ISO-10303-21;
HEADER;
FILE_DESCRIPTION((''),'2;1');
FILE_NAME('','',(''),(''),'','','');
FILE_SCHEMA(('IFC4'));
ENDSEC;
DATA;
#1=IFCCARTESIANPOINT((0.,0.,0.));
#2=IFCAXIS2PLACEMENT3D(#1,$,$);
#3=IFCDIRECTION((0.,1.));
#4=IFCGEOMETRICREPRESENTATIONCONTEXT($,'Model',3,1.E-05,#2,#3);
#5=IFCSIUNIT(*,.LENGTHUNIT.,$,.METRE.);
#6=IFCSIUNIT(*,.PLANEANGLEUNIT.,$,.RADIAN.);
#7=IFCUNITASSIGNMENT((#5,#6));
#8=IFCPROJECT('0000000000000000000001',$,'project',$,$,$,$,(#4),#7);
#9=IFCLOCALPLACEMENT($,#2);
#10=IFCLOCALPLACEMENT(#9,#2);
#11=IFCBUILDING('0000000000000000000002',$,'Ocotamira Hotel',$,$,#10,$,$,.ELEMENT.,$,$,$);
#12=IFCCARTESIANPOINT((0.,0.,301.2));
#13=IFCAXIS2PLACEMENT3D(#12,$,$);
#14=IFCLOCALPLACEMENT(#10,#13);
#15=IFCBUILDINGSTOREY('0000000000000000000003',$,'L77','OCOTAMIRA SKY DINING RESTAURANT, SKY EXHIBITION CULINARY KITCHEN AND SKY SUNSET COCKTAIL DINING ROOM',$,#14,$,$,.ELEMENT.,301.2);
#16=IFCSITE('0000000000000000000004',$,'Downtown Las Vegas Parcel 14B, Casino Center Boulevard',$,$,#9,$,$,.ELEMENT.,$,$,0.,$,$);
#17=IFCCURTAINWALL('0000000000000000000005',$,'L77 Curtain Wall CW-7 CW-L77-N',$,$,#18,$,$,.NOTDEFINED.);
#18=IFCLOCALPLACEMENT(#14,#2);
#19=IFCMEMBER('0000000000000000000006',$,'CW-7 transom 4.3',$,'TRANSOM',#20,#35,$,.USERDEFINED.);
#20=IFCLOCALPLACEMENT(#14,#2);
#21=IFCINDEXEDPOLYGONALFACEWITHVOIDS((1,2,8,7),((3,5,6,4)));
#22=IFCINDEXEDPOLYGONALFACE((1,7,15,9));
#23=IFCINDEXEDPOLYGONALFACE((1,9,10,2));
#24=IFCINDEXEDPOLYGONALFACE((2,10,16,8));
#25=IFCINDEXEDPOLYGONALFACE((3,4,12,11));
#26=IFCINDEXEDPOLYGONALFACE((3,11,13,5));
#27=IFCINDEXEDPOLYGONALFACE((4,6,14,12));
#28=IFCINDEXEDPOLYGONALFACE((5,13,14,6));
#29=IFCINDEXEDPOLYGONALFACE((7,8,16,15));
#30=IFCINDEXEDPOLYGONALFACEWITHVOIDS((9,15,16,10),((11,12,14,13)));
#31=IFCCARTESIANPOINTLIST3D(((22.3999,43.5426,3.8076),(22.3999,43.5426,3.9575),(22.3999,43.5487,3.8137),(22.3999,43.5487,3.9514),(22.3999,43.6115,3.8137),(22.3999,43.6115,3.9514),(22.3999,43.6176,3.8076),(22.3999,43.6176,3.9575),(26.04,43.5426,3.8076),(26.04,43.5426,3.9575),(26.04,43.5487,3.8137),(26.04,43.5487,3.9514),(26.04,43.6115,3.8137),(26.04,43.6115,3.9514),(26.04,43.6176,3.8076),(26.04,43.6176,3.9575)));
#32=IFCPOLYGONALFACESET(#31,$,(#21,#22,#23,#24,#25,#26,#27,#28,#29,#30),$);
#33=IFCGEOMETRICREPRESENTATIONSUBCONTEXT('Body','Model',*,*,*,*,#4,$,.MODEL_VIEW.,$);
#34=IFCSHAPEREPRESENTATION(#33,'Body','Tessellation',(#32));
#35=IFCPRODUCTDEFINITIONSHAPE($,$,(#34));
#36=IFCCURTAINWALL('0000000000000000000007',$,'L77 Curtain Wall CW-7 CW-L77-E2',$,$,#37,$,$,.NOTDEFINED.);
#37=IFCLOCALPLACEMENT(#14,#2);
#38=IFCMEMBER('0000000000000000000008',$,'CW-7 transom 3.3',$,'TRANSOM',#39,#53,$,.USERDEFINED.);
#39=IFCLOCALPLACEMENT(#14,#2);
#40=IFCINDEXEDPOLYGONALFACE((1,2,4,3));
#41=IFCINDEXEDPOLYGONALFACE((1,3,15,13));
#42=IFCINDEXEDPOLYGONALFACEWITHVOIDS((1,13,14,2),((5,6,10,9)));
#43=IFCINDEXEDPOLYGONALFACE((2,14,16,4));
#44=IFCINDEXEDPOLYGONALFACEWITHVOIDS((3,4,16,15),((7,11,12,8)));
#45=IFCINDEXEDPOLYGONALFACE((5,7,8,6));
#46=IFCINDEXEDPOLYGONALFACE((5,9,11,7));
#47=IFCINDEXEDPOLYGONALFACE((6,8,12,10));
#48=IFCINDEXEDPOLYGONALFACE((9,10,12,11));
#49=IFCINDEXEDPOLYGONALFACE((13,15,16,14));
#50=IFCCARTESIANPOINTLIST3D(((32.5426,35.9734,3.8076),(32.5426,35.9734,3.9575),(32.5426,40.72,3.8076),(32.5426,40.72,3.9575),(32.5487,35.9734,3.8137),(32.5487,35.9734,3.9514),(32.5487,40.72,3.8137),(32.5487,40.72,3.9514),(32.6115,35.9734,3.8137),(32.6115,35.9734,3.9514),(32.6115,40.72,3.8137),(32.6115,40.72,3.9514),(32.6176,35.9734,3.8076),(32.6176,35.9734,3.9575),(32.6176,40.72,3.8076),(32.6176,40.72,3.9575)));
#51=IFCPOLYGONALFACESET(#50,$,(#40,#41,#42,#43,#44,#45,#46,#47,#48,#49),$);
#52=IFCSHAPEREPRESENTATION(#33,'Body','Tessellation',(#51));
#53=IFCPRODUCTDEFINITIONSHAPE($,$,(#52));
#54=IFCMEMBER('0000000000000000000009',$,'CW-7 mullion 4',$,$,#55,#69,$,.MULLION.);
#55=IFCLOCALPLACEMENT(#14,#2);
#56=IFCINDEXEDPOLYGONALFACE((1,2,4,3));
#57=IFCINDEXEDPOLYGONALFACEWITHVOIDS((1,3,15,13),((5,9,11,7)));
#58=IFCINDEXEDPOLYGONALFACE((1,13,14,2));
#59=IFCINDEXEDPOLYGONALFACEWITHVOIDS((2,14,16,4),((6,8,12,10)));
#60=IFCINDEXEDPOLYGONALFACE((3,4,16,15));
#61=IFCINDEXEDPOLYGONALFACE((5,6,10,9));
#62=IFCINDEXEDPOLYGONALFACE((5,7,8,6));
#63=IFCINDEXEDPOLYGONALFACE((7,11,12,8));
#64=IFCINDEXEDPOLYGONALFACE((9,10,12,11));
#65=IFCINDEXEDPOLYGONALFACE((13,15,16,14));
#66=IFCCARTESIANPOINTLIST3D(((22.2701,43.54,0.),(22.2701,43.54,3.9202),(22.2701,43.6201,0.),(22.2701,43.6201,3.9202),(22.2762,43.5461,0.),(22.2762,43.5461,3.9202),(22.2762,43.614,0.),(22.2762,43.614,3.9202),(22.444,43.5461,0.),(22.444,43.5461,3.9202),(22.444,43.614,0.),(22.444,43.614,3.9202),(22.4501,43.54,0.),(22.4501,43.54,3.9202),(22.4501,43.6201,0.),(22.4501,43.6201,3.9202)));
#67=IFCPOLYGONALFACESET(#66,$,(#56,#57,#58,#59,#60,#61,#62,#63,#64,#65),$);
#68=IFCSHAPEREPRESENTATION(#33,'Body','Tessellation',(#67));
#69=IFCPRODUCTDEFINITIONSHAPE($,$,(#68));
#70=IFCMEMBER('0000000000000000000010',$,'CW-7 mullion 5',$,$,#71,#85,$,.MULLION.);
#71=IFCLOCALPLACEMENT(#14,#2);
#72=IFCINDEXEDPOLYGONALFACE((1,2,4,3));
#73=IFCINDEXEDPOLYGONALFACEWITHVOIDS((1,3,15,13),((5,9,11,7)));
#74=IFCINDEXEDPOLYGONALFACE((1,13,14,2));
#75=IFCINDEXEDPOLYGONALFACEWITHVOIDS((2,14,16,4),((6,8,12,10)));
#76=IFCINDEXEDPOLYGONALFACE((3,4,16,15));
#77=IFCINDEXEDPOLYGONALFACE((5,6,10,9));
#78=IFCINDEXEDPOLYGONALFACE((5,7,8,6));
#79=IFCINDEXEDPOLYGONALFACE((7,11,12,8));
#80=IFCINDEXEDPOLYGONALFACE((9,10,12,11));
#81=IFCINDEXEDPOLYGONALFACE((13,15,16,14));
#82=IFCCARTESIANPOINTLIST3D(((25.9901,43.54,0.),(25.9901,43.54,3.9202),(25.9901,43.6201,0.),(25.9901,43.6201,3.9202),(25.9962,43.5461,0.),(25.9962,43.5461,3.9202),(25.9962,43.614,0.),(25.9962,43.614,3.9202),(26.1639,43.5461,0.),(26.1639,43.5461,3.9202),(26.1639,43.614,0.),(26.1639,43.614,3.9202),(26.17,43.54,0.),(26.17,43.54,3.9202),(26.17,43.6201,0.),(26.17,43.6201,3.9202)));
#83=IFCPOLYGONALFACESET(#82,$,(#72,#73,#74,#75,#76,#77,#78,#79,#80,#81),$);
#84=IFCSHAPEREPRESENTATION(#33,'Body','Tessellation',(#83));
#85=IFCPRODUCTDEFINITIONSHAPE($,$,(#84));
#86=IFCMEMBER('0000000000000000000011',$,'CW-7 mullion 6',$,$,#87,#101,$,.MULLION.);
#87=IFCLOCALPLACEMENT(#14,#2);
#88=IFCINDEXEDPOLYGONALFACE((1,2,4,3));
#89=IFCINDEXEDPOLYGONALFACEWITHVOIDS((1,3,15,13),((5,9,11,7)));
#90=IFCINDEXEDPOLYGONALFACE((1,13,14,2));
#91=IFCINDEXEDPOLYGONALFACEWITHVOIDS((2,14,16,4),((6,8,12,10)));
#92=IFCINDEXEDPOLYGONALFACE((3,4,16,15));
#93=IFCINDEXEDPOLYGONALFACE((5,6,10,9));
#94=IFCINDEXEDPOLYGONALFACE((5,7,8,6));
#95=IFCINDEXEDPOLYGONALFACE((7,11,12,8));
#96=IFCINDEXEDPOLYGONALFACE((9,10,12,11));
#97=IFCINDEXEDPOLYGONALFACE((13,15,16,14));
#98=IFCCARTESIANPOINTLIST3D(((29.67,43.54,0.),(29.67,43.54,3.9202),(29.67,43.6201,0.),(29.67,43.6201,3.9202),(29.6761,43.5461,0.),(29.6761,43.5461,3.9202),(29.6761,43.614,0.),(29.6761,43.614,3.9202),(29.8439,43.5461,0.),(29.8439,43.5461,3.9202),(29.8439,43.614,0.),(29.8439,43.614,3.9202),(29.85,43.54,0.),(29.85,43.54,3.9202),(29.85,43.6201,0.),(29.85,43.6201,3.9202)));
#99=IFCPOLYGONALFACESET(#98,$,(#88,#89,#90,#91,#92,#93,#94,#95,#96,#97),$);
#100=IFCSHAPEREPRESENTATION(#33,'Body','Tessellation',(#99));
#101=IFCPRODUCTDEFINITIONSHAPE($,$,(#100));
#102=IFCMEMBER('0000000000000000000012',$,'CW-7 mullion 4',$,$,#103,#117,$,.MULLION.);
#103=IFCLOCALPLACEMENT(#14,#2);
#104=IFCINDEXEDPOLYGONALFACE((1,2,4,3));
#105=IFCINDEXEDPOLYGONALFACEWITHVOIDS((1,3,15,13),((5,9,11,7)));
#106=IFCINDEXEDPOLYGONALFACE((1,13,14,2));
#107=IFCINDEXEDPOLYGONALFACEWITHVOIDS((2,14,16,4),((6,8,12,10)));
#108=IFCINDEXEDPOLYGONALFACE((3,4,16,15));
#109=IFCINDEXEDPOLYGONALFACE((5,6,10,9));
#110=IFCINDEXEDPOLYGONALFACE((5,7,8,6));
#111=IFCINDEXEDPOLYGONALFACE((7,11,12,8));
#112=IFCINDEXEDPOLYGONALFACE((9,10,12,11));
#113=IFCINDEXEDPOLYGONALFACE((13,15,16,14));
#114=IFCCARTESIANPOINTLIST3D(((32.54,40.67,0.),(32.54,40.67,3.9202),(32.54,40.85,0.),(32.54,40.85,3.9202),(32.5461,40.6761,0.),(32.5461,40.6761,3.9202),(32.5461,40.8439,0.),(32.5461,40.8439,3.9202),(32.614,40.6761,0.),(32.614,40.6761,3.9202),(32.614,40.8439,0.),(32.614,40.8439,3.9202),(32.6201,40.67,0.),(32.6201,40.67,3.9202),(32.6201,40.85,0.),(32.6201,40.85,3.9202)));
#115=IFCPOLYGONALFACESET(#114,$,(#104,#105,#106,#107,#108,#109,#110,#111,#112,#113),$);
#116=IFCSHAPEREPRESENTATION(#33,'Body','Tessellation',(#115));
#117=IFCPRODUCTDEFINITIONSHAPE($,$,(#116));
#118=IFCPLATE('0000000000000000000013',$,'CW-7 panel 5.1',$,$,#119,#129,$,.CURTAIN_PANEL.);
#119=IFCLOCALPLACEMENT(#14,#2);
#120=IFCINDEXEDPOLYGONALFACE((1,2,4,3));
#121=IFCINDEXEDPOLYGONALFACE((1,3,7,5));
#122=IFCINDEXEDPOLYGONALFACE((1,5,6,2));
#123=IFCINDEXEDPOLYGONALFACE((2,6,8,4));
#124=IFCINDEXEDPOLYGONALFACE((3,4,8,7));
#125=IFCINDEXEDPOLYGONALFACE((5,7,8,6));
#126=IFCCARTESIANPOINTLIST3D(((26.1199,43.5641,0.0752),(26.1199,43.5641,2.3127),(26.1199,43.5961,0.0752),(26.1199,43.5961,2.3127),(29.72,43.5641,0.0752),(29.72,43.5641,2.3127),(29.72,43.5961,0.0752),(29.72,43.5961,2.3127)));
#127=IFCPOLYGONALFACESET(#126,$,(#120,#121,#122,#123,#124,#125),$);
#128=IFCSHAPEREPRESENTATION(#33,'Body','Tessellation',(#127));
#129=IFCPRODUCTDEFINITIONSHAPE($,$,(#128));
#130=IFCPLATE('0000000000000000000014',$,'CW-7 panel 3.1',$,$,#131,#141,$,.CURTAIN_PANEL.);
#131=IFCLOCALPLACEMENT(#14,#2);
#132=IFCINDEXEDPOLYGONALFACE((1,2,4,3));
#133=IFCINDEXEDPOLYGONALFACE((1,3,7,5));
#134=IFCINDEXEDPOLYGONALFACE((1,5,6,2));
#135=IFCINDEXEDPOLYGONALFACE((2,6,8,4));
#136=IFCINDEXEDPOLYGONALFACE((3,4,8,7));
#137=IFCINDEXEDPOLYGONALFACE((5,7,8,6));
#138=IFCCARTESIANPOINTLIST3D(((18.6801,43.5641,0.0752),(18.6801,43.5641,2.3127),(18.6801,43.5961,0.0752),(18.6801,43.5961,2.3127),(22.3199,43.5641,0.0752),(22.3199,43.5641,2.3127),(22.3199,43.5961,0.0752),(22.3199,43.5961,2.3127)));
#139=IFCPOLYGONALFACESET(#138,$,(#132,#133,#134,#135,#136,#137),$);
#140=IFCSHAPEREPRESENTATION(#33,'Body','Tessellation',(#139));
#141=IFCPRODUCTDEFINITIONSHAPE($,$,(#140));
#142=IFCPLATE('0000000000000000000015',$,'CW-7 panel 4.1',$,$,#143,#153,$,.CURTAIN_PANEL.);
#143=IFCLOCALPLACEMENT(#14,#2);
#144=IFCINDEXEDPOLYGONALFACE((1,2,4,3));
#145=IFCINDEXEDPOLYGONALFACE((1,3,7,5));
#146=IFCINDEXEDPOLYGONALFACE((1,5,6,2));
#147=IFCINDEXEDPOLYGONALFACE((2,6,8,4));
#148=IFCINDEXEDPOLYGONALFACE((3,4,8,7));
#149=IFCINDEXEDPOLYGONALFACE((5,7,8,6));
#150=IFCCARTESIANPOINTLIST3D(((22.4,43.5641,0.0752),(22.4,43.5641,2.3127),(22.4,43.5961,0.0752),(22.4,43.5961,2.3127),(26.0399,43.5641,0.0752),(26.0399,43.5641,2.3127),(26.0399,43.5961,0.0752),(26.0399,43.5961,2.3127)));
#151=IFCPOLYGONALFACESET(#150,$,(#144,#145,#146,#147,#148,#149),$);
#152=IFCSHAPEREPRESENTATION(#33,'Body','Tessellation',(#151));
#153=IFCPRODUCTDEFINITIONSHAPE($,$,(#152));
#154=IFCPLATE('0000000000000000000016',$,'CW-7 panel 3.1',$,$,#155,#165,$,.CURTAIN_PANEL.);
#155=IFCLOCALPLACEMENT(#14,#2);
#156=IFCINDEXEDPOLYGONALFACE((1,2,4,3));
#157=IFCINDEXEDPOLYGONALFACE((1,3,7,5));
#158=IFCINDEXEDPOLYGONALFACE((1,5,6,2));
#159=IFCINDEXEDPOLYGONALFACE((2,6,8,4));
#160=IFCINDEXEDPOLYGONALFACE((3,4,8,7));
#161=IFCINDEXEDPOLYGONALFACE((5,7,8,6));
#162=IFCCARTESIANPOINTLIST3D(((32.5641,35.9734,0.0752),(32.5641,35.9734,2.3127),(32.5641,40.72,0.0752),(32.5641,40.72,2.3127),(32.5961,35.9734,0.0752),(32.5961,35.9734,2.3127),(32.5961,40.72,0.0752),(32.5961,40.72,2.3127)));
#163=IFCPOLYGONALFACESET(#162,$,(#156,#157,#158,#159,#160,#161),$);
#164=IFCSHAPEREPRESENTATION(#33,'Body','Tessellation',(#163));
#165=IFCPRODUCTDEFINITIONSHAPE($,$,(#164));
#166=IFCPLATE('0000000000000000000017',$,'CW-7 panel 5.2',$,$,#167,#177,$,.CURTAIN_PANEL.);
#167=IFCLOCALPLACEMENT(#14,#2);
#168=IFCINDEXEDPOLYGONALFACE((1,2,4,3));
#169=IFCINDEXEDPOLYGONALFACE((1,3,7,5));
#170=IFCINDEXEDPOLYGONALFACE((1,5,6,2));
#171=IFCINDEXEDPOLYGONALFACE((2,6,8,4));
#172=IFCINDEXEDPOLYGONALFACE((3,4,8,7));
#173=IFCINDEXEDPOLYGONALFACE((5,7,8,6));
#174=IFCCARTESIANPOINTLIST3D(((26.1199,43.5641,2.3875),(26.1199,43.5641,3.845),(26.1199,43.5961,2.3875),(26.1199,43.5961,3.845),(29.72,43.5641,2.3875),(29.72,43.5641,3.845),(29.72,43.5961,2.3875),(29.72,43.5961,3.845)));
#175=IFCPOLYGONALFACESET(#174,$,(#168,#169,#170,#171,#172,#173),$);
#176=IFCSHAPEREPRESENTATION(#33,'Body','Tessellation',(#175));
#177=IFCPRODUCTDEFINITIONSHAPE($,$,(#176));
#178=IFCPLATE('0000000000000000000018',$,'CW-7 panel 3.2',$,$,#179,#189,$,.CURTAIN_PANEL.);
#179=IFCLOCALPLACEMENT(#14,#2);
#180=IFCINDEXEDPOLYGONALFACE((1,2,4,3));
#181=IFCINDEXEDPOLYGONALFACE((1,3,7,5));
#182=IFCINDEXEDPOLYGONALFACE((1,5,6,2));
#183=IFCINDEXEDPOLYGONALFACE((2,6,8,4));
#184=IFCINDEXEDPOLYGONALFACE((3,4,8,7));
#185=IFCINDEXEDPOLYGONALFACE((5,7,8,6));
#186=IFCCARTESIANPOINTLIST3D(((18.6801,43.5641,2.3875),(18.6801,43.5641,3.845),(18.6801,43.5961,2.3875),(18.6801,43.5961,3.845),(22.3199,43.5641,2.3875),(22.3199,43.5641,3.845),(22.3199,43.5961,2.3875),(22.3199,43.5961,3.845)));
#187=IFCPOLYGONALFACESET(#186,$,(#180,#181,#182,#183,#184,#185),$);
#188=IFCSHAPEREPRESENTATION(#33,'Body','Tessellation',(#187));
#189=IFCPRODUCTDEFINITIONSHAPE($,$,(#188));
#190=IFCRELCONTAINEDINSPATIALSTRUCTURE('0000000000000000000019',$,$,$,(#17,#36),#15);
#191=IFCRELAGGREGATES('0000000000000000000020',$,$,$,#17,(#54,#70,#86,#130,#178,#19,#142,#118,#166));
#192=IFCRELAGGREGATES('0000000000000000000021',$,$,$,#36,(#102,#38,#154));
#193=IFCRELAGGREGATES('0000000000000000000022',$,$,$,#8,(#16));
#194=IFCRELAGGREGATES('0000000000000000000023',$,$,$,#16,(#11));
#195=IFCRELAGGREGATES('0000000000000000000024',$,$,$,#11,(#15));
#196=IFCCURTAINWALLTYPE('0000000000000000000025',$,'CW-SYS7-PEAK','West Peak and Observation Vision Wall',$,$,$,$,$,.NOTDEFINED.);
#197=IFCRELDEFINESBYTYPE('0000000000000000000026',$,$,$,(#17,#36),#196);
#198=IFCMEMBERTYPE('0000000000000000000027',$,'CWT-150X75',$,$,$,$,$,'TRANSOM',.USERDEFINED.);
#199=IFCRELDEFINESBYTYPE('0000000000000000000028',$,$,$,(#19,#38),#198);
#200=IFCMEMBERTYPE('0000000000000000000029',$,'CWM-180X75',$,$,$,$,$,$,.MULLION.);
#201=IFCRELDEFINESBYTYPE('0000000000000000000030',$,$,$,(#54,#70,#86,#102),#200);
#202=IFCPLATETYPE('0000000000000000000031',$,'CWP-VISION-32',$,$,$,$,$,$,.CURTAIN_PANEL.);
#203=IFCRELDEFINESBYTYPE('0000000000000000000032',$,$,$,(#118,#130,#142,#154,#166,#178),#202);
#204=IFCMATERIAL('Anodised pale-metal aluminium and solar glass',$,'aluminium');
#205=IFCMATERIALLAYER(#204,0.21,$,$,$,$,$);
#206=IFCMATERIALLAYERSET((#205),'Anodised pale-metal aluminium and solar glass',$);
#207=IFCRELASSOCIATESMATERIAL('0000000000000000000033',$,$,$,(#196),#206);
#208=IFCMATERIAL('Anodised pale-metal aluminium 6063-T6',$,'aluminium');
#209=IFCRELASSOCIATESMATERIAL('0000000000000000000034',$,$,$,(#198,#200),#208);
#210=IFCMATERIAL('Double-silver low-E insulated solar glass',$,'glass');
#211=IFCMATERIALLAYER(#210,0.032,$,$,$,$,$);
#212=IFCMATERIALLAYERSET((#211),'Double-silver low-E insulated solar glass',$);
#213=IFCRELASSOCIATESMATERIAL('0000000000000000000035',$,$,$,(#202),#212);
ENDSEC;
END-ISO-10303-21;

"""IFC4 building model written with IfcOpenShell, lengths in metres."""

from ifc_helpers import new_model, si_unit, direction, frame, origin, origin_2d, place, context, subcontext, project, spatial, rectangle, hollow_rectangle, extrude, source, transform, mapped, material, layer, layer_set, material_profile, profile_set, type_object, element, aggregate, save


model = new_model("IFC4")

# Units and contexts
model_context = context("Model", 3, precision=1e-05, world=origin(), true_north=direction((0.0, 1.0)))
body_context = subcontext(model_context, "Body", "Model", "MODEL_VIEW")
ifc_project = project(units=[si_unit("LENGTHUNIT", "METRE"), si_unit("PLANEANGLEUNIT", "RADIAN")], contexts=[model_context])

# Site, building, storey
site_placement = place(None, origin())
site = spatial("IfcSite", under=ifc_project, at=site_placement, Name="Downtown Las Vegas Parcel 14B, Casino Center Boulevard", CompositionType="ELEMENT", RefElevation=0.0)
building_placement = place(site_placement, origin())
building = spatial("IfcBuilding", under=site, at=building_placement, Name="Ocotamira Hotel", CompositionType="ELEMENT")
storey_placement = place(building_placement, frame((0.0, 0.0, 301.2)))
storey = spatial("IfcBuildingStorey", under=building, at=storey_placement, Name="L77", Description="OCOTAMIRA SKY DINING RESTAURANT, SKY EXHIBITION CULINARY KITCHEN AND SKY SUNSET COCKTAIL DINING ROOM", CompositionType="ELEMENT", Elevation=301.2)

# Curtain wall, member
ifc_material_1 = material(Name="Anodised pale-metal aluminium and solar glass", Category="aluminium")
ifc_layer_1 = layer(ifc_material_1, 0.21)
ifc_layer_set_1 = layer_set([ifc_layer_1], Name="Anodised pale-metal aluminium and solar glass")
curtain_wall_type = type_object("IfcCurtainWallType", Name="CW-SYS7-PEAK", Description="West Peak and Observation Vision Wall", PredefinedType="NOTDEFINED", material=ifc_layer_set_1)
curtain_wall_1_placement = place(storey_placement, origin())
curtain_wall_1 = element("IfcCurtainWall", 1, at=curtain_wall_1_placement, inside=storey, type_object=curtain_wall_type, Name="L77 Curtain Wall CW-7 CW-L77-N", PredefinedType="NOTDEFINED")
ifc_material_2 = material(Name="Anodised pale-metal aluminium 6063-T6", Category="aluminium")
ifc_material_profile_1 = material_profile(ifc_material_2, hollow_rectangle(XDim=0.075, YDim=0.1499, WallThickness=0.0061, at=origin_2d()), Name="HSS150X75X6")
ifc_profile_set_1 = profile_set([ifc_material_profile_1], Name="Anodised pale-metal aluminium 6063-T6")
member_type_1 = type_object("IfcMemberType", Name="CWT-150X75", ElementType="TRANSOM", PredefinedType="USERDEFINED", material=ifc_profile_set_1)
shared_shape_1 = source(origin(), body_context, "Body", "SweptSolid", [
    extrude(hollow_rectangle(XDim=0.075, YDim=0.1499, WallThickness=0.0061, at=origin_2d()), origin(), (0.0, 0.0, 1.0), 3.6401),
])
member_1_placement = place(storey_placement, frame((22.3999, 43.5801, 3.8826), z_axis=(1.0, 0.0, 0.0), x_axis=(0.0, 1.0, 0.0)))
member_1 = element("IfcMember", 2, at=member_1_placement, type_object=member_type_1, Name="CW-7 transom 4.3", ObjectType="TRANSOM", PredefinedType="USERDEFINED", context=body_context, shape_type="MappedRepresentation", body=[
    mapped(shared_shape_1, transform((0.0, 0.0, 0.0), scale=1.0)),
])

# Curtain wall, member
curtain_wall_2_placement = place(storey_placement, origin())
curtain_wall_2 = element("IfcCurtainWall", 3, at=curtain_wall_2_placement, inside=storey, type_object=curtain_wall_type, Name="L77 Curtain Wall CW-7 CW-L77-E2", PredefinedType="NOTDEFINED")
shared_shape_2 = source(origin(), body_context, "Body", "SweptSolid", [
    extrude(hollow_rectangle(XDim=0.075, YDim=0.1499, WallThickness=0.0061, at=origin_2d()), origin(), (0.0, 0.0, 1.0), 4.7466),
])
member_2_placement = place(storey_placement, frame((32.5801, 35.9734, 3.8826), z_axis=(0.0, 1.0, 0.0), x_axis=(-1.0, 0.0, 0.0)))
member_2 = element("IfcMember", 4, at=member_2_placement, type_object=member_type_1, Name="CW-7 transom 3.3", ObjectType="TRANSOM", PredefinedType="USERDEFINED", context=body_context, shape_type="MappedRepresentation", body=[
    mapped(shared_shape_2, transform((0.0, 0.0, 0.0), scale=1.0)),
])

# Members
ifc_material_profile_2 = material_profile(ifc_material_2, hollow_rectangle(XDim=0.0801, YDim=0.1799, WallThickness=0.0061, at=origin_2d()), Name="HSS180X80X6")
ifc_profile_set_2 = profile_set([ifc_material_profile_2], Name="Anodised pale-metal aluminium 6063-T6")
member_type_2 = type_object("IfcMemberType", Name="CWM-180X75", PredefinedType="MULLION", material=ifc_profile_set_2)
shared_shape_3 = source(origin(), body_context, "Body", "SweptSolid", [
    extrude(hollow_rectangle(XDim=0.0801, YDim=0.1799, WallThickness=0.0061, at=origin_2d()), origin(), (0.0, 0.0, 1.0), 3.9202),
])
member_3_placement = place(storey_placement, frame((22.3601, 43.5801, 0.0), z_axis=(0.0, 0.0, 1.0), x_axis=(0.0, 1.0, 0.0)))
member_3 = element("IfcMember", 5, at=member_3_placement, type_object=member_type_2, Name="CW-7 mullion 4", PredefinedType="MULLION", context=body_context, shape_type="MappedRepresentation", body=[
    mapped(shared_shape_3, transform((0.0, 0.0, 0.0), scale=1.0)),
])
member_4_placement = place(storey_placement, frame((26.0801, 43.5801, 0.0), z_axis=(0.0, 0.0, 1.0), x_axis=(0.0, 1.0, 0.0)))
member_4 = element("IfcMember", 6, at=member_4_placement, type_object=member_type_2, Name="CW-7 mullion 5", PredefinedType="MULLION", context=body_context, shape_type="MappedRepresentation", body=[
    mapped(shared_shape_3, transform((0.0, 0.0, 0.0), scale=1.0)),
])
member_5_placement = place(storey_placement, frame((29.76, 43.5801, 0.0), z_axis=(0.0, 0.0, 1.0), x_axis=(0.0, 1.0, 0.0)))
member_5 = element("IfcMember", 7, at=member_5_placement, type_object=member_type_2, Name="CW-7 mullion 6", PredefinedType="MULLION", context=body_context, shape_type="MappedRepresentation", body=[
    mapped(shared_shape_3, transform((0.0, 0.0, 0.0), scale=1.0)),
])
member_6_placement = place(storey_placement, frame((32.5801, 40.76, 0.0), z_axis=(0.0, 0.0, 1.0), x_axis=(-1.0, 0.0, 0.0)))
member_6 = element("IfcMember", 8, at=member_6_placement, type_object=member_type_2, Name="CW-7 mullion 4", PredefinedType="MULLION", context=body_context, shape_type="MappedRepresentation", body=[
    mapped(shared_shape_3, transform((0.0, 0.0, 0.0), scale=1.0)),
])

# Plates
ifc_material_3 = material(Name="Double-silver low-E insulated solar glass", Category="glass")
ifc_layer_2 = layer(ifc_material_3, 0.032)
ifc_layer_set_2 = layer_set([ifc_layer_2], Name="Double-silver low-E insulated solar glass")
plate_type = type_object("IfcPlateType", Name="CWP-VISION-32", PredefinedType="CURTAIN_PANEL", material=ifc_layer_set_2)
shared_shape_4 = source(origin(), body_context, "Body", "SweptSolid", [
    extrude(rectangle(XDim=3.6001, YDim=0.032, at=origin_2d()), origin(), (0.0, 0.0, 1.0), 2.2375),
])
plate_1_placement = place(storey_placement, frame((27.9199, 43.5801, 0.0752), z_axis=(0.0, 0.0, 1.0), x_axis=(1.0, 0.0, 0.0)))
plate_1 = element("IfcPlate", 9, at=plate_1_placement, type_object=plate_type, Name="CW-7 panel 5.1", PredefinedType="CURTAIN_PANEL", context=body_context, shape_type="MappedRepresentation", body=[
    mapped(shared_shape_4, transform((0.0, 0.0, 0.0), scale=1.0)),
])
shared_shape_5 = source(origin(), body_context, "Body", "SweptSolid", [
    extrude(rectangle(XDim=3.6399, YDim=0.032, at=origin_2d()), origin(), (0.0, 0.0, 1.0), 2.2375),
])
plate_2_placement = place(storey_placement, frame((20.5, 43.5801, 0.0752), z_axis=(0.0, 0.0, 1.0), x_axis=(1.0, 0.0, 0.0)))
plate_2 = element("IfcPlate", 10, at=plate_2_placement, type_object=plate_type, Name="CW-7 panel 3.1", PredefinedType="CURTAIN_PANEL", context=body_context, shape_type="MappedRepresentation", body=[
    mapped(shared_shape_5, transform((0.0, 0.0, 0.0), scale=1.0)),
])
plate_3_placement = place(storey_placement, frame((24.22, 43.5801, 0.0752), z_axis=(0.0, 0.0, 1.0), x_axis=(1.0, 0.0, 0.0)))
plate_3 = element("IfcPlate", 11, at=plate_3_placement, type_object=plate_type, Name="CW-7 panel 4.1", PredefinedType="CURTAIN_PANEL", context=body_context, shape_type="MappedRepresentation", body=[
    mapped(shared_shape_5, transform((0.0, 0.0, 0.0), scale=1.0)),
])
shared_shape_6 = source(origin(), body_context, "Body", "SweptSolid", [
    extrude(rectangle(XDim=4.7466, YDim=0.032, at=origin_2d()), origin(), (0.0, 0.0, 1.0), 2.2375),
])
plate_4_placement = place(storey_placement, frame((32.5801, 38.3467, 0.0752), z_axis=(0.0, 0.0, 1.0), x_axis=(0.0, 1.0, 0.0)))
plate_4 = element("IfcPlate", 12, at=plate_4_placement, type_object=plate_type, Name="CW-7 panel 3.1", PredefinedType="CURTAIN_PANEL", context=body_context, shape_type="MappedRepresentation", body=[
    mapped(shared_shape_6, transform((0.0, 0.0, 0.0), scale=1.0)),
])
shared_shape_7 = source(origin(), body_context, "Body", "SweptSolid", [
    extrude(rectangle(XDim=3.6001, YDim=0.032, at=origin_2d()), origin(), (0.0, 0.0, 1.0), 1.4575),
])
plate_5_placement = place(storey_placement, frame((27.9199, 43.5801, 2.3875), z_axis=(0.0, 0.0, 1.0), x_axis=(1.0, 0.0, 0.0)))
plate_5 = element("IfcPlate", 13, at=plate_5_placement, type_object=plate_type, Name="CW-7 panel 5.2", PredefinedType="CURTAIN_PANEL", context=body_context, shape_type="MappedRepresentation", body=[
    mapped(shared_shape_7, transform((0.0, 0.0, 0.0), scale=1.0)),
])
shared_shape_8 = source(origin(), body_context, "Body", "SweptSolid", [
    extrude(rectangle(XDim=3.6399, YDim=0.032, at=origin_2d()), origin(), (0.0, 0.0, 1.0), 1.4575),
])
plate_6_placement = place(storey_placement, frame((20.5, 43.5801, 2.3875), z_axis=(0.0, 0.0, 1.0), x_axis=(1.0, 0.0, 0.0)))
plate_6 = element("IfcPlate", 14, at=plate_6_placement, type_object=plate_type, Name="CW-7 panel 3.2", PredefinedType="CURTAIN_PANEL", context=body_context, shape_type="MappedRepresentation", body=[
    mapped(shared_shape_8, transform((0.0, 0.0, 0.0), scale=1.0)),
])
aggregate(curtain_wall_1, [member_3, member_4, member_5, plate_2, plate_6, member_1, plate_3, plate_1, plate_5])
aggregate(curtain_wall_2, [member_6, member_2, plate_4])

save(model, "model.ifc")
